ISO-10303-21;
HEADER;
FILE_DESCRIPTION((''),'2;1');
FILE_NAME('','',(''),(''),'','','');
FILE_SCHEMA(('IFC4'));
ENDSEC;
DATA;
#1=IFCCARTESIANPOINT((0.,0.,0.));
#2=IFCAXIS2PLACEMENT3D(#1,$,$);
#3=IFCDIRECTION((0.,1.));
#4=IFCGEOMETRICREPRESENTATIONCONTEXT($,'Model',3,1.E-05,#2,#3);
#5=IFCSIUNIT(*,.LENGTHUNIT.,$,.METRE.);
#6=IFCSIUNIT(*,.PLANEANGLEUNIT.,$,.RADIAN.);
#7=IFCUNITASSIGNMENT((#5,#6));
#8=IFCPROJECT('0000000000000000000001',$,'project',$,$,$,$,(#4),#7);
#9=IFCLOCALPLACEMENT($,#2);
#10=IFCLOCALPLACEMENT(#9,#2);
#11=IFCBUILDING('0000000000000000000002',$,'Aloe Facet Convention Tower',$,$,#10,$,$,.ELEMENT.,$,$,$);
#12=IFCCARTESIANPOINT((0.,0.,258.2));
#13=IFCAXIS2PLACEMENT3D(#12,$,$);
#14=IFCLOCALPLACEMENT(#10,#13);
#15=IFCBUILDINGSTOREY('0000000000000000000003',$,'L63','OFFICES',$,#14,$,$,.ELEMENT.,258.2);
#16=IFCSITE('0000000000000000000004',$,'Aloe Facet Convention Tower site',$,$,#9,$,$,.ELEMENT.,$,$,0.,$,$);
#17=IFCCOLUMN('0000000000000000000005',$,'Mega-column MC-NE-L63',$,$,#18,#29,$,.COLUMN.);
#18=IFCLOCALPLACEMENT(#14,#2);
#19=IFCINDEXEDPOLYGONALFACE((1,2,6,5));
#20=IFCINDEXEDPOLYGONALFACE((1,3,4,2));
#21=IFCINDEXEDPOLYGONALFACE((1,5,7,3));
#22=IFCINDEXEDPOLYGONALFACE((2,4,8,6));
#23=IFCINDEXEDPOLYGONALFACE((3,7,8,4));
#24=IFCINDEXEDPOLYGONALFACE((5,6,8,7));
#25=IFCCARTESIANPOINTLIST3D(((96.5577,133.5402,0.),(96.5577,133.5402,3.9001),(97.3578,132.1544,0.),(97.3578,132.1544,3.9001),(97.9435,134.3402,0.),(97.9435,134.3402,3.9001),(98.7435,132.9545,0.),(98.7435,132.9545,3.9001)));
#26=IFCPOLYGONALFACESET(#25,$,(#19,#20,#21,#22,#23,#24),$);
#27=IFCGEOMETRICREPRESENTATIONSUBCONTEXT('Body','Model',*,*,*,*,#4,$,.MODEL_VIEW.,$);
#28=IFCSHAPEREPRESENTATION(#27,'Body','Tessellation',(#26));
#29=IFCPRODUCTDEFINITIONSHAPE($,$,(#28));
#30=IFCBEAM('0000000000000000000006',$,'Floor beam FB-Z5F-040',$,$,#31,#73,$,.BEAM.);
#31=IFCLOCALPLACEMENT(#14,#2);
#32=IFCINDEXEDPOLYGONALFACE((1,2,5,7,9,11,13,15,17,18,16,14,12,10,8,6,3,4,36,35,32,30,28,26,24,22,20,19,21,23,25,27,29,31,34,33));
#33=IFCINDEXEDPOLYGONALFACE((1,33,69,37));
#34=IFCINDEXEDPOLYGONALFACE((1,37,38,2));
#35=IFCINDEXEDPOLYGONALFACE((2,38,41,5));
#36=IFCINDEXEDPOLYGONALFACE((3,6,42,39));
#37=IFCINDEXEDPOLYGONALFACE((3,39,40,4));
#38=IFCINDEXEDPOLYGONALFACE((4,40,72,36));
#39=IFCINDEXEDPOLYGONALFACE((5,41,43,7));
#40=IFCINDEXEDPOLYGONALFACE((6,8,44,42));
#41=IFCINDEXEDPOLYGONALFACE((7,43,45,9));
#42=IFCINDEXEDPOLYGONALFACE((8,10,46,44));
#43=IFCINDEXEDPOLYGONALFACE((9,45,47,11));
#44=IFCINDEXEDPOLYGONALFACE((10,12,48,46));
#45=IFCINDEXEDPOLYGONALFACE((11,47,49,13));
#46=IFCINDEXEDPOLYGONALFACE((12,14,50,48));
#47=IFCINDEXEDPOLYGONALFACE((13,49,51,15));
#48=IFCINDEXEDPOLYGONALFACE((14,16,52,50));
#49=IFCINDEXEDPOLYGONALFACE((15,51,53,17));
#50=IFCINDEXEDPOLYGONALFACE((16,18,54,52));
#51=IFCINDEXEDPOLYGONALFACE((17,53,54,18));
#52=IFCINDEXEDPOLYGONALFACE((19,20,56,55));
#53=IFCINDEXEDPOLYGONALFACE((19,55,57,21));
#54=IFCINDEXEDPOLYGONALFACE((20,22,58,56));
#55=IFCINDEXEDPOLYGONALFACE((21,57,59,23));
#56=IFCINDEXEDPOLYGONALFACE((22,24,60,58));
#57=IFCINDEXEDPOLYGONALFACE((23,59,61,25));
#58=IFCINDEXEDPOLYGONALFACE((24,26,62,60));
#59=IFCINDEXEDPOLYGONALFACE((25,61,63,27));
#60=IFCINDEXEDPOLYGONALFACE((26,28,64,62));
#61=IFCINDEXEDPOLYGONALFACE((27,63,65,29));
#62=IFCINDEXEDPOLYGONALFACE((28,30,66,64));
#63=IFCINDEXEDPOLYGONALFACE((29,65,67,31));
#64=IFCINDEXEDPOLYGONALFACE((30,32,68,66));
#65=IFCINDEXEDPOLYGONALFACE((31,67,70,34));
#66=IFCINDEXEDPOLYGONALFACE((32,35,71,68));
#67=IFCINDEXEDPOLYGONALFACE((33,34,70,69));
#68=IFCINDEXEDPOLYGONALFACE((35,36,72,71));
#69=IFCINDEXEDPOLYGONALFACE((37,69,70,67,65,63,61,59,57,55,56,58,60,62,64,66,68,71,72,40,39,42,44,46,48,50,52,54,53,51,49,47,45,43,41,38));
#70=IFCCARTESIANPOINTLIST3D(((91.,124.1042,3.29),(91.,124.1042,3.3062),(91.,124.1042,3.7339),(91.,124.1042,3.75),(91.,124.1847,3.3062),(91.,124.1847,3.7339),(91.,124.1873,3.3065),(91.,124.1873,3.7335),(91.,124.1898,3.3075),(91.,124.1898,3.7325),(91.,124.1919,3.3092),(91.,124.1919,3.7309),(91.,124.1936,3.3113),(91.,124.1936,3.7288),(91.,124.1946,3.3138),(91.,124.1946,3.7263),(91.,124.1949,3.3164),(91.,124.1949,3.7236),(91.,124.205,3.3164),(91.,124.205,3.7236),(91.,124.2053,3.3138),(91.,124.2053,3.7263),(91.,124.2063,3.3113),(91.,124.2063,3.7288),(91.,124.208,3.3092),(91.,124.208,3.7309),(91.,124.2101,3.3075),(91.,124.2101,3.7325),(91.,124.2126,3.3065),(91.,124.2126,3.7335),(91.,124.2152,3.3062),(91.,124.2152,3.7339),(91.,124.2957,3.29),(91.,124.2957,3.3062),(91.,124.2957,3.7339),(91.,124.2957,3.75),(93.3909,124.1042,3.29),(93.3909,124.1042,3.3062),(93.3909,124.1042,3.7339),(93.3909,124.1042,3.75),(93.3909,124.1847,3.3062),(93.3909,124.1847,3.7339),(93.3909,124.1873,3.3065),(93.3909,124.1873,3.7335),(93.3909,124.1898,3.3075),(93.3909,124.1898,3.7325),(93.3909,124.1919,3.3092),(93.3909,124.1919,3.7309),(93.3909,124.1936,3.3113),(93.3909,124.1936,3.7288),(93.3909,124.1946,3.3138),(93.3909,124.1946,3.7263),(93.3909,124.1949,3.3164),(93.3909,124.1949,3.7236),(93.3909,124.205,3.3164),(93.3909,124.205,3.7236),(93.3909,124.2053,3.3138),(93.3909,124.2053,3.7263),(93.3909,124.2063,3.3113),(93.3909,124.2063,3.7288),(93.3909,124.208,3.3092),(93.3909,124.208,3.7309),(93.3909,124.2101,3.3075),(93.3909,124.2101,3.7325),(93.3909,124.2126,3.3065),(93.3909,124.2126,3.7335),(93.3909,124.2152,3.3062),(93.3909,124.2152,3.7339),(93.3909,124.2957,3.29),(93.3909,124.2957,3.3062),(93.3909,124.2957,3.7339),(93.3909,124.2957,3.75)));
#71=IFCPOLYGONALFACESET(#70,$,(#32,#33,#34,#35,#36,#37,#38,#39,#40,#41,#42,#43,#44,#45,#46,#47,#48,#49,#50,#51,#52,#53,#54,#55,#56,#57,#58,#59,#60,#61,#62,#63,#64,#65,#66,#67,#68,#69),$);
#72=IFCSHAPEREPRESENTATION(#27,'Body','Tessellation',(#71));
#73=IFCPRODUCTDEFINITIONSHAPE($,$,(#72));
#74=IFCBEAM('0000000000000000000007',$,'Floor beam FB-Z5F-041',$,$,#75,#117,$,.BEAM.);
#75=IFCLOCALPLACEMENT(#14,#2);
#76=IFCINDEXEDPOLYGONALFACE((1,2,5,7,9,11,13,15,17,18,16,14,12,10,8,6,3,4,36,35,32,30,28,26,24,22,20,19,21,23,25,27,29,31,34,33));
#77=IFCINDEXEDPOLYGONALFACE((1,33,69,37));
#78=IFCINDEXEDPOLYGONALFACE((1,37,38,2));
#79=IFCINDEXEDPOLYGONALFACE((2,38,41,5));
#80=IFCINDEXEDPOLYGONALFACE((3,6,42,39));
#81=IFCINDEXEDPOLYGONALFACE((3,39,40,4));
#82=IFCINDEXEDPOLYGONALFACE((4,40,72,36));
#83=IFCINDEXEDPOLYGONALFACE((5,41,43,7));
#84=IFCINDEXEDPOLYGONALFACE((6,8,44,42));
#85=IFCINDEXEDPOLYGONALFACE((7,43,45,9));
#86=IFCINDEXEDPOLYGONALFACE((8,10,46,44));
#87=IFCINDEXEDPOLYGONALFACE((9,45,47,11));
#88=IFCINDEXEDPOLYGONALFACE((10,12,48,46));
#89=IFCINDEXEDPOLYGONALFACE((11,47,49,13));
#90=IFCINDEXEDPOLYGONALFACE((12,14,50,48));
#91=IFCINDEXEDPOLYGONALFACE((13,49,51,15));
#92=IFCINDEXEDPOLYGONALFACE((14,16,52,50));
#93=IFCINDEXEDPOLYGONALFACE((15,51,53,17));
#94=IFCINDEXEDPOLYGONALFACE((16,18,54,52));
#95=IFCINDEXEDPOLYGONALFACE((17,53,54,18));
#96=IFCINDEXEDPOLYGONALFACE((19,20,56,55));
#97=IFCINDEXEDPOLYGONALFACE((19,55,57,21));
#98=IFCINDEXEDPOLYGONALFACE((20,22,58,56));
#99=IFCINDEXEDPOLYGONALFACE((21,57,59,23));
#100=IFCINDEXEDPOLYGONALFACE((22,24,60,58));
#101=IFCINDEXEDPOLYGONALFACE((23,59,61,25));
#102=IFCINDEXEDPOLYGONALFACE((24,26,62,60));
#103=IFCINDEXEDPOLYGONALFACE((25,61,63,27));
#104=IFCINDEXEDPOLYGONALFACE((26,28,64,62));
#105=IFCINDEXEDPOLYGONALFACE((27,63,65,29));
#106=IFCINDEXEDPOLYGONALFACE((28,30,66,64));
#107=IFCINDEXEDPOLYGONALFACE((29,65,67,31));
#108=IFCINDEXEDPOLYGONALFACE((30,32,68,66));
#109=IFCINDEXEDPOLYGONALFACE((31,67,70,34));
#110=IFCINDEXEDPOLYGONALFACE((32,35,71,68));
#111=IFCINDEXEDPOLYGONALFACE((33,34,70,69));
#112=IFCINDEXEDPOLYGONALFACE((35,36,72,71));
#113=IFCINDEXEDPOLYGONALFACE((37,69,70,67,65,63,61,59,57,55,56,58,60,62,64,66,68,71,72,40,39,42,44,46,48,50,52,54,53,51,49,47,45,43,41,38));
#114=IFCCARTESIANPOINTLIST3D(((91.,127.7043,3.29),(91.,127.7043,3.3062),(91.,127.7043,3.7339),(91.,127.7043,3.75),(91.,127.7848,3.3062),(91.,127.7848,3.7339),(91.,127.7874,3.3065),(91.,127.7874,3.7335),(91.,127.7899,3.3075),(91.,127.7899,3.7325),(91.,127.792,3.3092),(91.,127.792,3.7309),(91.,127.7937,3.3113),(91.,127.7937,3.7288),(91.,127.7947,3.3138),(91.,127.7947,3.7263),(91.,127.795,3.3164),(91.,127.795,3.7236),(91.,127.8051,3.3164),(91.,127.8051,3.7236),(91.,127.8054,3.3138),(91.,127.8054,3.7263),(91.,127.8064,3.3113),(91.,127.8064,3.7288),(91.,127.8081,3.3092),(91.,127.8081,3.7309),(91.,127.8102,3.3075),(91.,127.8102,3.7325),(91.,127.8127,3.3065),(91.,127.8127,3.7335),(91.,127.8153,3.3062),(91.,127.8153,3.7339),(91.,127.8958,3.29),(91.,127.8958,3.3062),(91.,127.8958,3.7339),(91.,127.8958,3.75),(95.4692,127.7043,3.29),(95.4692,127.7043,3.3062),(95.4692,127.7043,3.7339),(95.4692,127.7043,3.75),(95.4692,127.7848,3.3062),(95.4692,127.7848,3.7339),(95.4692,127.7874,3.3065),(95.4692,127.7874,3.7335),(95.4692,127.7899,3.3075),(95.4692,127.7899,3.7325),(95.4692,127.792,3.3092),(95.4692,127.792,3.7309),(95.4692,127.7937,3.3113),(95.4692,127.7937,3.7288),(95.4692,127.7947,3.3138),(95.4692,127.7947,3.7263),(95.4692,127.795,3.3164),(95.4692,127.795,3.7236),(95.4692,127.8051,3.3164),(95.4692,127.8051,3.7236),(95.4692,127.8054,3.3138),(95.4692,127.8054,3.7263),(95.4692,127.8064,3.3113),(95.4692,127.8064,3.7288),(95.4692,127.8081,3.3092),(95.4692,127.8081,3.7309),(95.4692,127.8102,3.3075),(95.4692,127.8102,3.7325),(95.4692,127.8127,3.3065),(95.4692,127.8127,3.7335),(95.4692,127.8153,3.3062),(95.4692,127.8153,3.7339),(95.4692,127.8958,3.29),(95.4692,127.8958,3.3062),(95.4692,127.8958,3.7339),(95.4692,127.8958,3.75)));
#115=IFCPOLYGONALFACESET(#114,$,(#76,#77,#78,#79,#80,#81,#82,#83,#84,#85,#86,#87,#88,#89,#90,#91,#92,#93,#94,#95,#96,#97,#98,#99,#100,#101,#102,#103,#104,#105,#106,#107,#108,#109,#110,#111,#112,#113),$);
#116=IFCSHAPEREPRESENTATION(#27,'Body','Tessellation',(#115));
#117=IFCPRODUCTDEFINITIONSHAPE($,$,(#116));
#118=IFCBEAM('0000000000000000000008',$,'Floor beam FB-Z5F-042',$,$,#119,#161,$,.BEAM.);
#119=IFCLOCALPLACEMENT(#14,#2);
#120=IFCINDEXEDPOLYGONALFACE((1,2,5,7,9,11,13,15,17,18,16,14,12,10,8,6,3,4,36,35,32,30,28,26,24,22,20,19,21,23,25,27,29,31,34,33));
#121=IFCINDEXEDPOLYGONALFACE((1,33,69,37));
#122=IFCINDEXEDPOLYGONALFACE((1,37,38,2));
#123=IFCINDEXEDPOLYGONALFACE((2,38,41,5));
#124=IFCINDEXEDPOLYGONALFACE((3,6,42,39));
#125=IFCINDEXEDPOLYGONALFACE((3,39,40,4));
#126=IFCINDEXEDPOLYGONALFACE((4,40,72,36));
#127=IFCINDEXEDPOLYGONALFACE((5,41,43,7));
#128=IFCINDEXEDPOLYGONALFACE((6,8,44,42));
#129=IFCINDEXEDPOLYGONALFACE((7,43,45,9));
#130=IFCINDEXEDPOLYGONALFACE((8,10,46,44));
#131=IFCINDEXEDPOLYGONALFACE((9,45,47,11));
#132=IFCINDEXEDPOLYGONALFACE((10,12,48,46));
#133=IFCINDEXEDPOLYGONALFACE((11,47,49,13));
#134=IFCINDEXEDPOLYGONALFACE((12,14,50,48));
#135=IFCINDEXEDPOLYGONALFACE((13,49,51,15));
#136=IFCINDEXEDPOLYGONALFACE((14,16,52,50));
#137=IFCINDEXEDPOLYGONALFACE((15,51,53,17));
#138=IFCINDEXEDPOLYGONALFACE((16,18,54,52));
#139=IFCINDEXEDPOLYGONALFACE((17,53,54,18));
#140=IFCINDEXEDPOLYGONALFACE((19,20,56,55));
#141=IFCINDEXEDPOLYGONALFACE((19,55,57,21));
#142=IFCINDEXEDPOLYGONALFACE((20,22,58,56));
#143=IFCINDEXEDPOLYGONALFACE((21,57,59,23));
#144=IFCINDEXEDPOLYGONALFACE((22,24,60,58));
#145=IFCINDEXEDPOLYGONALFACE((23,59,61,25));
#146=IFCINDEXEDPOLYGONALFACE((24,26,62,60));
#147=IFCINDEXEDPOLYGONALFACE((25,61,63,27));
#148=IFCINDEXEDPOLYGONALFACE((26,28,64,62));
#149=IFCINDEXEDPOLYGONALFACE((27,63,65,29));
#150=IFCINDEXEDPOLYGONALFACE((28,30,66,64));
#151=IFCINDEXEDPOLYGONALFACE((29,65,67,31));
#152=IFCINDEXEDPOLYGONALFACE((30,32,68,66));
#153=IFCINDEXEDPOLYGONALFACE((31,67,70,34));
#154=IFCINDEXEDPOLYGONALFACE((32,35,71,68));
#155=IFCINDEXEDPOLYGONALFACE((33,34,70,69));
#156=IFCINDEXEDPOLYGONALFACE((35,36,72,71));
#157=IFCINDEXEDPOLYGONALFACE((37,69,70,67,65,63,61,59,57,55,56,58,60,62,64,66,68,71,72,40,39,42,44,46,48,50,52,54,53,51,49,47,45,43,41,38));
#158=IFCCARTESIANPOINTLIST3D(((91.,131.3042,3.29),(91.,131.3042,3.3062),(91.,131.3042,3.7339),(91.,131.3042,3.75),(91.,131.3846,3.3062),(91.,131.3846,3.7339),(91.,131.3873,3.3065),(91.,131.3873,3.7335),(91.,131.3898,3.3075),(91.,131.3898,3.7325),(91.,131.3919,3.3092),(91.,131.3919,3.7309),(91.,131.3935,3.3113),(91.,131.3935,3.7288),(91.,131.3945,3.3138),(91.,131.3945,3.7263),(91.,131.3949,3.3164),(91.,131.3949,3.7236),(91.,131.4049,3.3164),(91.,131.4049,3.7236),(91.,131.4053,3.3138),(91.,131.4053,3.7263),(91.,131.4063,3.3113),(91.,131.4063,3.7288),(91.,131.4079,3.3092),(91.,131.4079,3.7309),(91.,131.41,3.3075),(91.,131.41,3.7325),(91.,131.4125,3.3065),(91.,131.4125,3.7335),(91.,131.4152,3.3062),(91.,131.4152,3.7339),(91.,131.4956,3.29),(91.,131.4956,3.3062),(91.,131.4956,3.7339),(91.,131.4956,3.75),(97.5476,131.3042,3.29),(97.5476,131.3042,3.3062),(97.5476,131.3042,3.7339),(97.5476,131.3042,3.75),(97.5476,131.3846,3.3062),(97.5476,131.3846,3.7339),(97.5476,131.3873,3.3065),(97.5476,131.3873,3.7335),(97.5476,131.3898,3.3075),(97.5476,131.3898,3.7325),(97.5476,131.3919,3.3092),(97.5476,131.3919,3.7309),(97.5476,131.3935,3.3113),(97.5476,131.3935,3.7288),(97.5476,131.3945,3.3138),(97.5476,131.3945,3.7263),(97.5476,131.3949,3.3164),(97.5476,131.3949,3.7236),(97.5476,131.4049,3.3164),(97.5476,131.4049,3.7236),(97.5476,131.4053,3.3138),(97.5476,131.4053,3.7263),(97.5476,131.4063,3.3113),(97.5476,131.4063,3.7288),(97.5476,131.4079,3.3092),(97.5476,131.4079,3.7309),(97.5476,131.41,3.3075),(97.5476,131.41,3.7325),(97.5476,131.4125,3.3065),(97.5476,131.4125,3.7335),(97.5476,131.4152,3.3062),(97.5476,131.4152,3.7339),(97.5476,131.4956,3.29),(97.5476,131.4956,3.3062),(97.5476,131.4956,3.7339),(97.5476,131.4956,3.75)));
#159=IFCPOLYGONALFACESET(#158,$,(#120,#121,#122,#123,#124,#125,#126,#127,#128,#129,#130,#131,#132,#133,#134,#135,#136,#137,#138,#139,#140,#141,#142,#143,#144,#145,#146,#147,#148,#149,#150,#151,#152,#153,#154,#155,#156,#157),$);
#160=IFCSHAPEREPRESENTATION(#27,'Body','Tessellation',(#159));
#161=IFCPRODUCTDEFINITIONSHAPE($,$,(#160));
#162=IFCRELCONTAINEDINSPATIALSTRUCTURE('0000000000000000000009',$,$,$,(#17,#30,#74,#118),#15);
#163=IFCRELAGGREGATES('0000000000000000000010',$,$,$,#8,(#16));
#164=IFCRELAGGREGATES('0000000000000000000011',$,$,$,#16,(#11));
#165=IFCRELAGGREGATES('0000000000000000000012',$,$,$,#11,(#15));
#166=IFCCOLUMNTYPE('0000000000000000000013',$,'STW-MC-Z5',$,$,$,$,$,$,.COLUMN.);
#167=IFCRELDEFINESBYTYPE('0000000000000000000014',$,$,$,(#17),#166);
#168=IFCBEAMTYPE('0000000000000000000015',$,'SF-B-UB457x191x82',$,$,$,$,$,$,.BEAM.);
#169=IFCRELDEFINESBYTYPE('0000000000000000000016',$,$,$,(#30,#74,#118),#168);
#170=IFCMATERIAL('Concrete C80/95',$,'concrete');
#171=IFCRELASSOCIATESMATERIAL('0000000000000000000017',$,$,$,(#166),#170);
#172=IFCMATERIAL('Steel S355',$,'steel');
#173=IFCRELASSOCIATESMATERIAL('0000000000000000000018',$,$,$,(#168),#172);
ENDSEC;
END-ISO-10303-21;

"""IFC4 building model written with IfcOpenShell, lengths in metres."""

from ifc_helpers import new_model, si_unit, direction, frame, origin, origin_2d, place, context, subcontext, project, spatial, rectangle, i_section, extrude, material, material_profile, profile_set, type_object, element, save


model = new_model("IFC4")

# Units and contexts
model_context = context("Model", 3, precision=1e-05, world=origin(), true_north=direction((0.0, 1.0)))
body_context = subcontext(model_context, "Body", "Model", "MODEL_VIEW")
ifc_project = project(units=[si_unit("LENGTHUNIT", "METRE"), si_unit("PLANEANGLEUNIT", "RADIAN")], contexts=[model_context])

# Site, building, storey
site_placement = place(None, origin())
site = spatial("IfcSite", under=ifc_project, at=site_placement, Name="Aloe Facet Convention Tower site", CompositionType="ELEMENT", RefElevation=0.0)
building_placement = place(site_placement, origin())
building = spatial("IfcBuilding", under=site, at=building_placement, Name="Aloe Facet Convention Tower", CompositionType="ELEMENT")
storey_placement = place(building_placement, frame((0.0, 0.0, 258.2)))
storey = spatial("IfcBuildingStorey", under=building, at=storey_placement, Name="L63", Description="OFFICES", CompositionType="ELEMENT", Elevation=258.2)

# Column
ifc_material_1 = material(Name="Concrete C80/95", Category="concrete")
ifc_material_profile_1 = material_profile(ifc_material_1, rectangle(XDim=1.6001, YDim=1.6001, at=origin_2d()), Name="STW-MC-Z5")
ifc_profile_set_1 = profile_set([ifc_material_profile_1], Name="Concrete C80/95")
column_type = type_object("IfcColumnType", Name="STW-MC-Z5", PredefinedType="COLUMN", material=ifc_profile_set_1)
column_placement = place(storey_placement, frame((97.6506, 133.2473, 0.0), z_axis=(0.0, 0.0, 1.0), x_axis=(-0.5, 0.866025, 0.0)))
element("IfcColumn", 1, at=column_placement, inside=storey, type_object=column_type, Name="Mega-column MC-NE-L63", PredefinedType="COLUMN", context=body_context, shape_type="SweptSolid", body=[
    extrude(rectangle(XDim=1.6001, YDim=1.6001, at=origin_2d()), origin(), (0.0, 0.0, 1.0), 3.9001),
])

# Beams
ifc_material_2 = material(Name="Steel S355", Category="steel")
ifc_material_profile_2 = material_profile(ifc_material_2, i_section(OverallWidth=0.1914, OverallDepth=0.46, WebThickness=0.01, FlangeThickness=0.0161, FilletRadius=0.0103, at=origin_2d()), Name="UB 457x191x82")
ifc_profile_set_2 = profile_set([ifc_material_profile_2], Name="Steel S355")
beam_type_1 = type_object("IfcBeamType", Name="SF-B-UB457x191x82", PredefinedType="BEAM", material=ifc_profile_set_2)
beam_1_placement = place(storey_placement, frame((91.0, 124.2, 3.52), z_axis=(1.0, 0.0, 0.0), x_axis=(0.0, 1.0, 0.0)))
element("IfcBeam", 2, at=beam_1_placement, inside=storey, type_object=beam_type_1, Name="Floor beam FB-Z5F-040", PredefinedType="BEAM", context=body_context, shape_type="SweptSolid", body=[
    extrude(i_section(OverallWidth=0.1914, OverallDepth=0.46, WebThickness=0.01, FlangeThickness=0.0161, FilletRadius=0.0103, at=origin_2d()), origin(), (0.0, 0.0, 1.0), 2.3909),
])
beam_2_placement = place(storey_placement, frame((91.0, 127.8, 3.52), z_axis=(1.0, 0.0, 0.0), x_axis=(0.0, 1.0, 0.0)))
element("IfcBeam", 3, at=beam_2_placement, inside=storey, type_object=beam_type_1, Name="Floor beam FB-Z5F-041", PredefinedType="BEAM", context=body_context, shape_type="SweptSolid", body=[
    extrude(i_section(OverallWidth=0.1914, OverallDepth=0.46, WebThickness=0.01, FlangeThickness=0.0161, FilletRadius=0.0103, at=origin_2d()), origin(), (0.0, 0.0, 1.0), 4.4692),
])
beam_3_placement = place(storey_placement, frame((91.0, 131.3999, 3.52), z_axis=(1.0, 0.0, 0.0), x_axis=(0.0, 1.0, 0.0)))
element("IfcBeam", 4, at=beam_3_placement, inside=storey, type_object=beam_type_1, Name="Floor beam FB-Z5F-042", PredefinedType="BEAM", context=body_context, shape_type="SweptSolid", body=[
    extrude(i_section(OverallWidth=0.1914, OverallDepth=0.46, WebThickness=0.01, FlangeThickness=0.0161, FilletRadius=0.0103, at=origin_2d()), origin(), (0.0, 0.0, 1.0), 6.5476),
])

save(model, "model.ifc")
